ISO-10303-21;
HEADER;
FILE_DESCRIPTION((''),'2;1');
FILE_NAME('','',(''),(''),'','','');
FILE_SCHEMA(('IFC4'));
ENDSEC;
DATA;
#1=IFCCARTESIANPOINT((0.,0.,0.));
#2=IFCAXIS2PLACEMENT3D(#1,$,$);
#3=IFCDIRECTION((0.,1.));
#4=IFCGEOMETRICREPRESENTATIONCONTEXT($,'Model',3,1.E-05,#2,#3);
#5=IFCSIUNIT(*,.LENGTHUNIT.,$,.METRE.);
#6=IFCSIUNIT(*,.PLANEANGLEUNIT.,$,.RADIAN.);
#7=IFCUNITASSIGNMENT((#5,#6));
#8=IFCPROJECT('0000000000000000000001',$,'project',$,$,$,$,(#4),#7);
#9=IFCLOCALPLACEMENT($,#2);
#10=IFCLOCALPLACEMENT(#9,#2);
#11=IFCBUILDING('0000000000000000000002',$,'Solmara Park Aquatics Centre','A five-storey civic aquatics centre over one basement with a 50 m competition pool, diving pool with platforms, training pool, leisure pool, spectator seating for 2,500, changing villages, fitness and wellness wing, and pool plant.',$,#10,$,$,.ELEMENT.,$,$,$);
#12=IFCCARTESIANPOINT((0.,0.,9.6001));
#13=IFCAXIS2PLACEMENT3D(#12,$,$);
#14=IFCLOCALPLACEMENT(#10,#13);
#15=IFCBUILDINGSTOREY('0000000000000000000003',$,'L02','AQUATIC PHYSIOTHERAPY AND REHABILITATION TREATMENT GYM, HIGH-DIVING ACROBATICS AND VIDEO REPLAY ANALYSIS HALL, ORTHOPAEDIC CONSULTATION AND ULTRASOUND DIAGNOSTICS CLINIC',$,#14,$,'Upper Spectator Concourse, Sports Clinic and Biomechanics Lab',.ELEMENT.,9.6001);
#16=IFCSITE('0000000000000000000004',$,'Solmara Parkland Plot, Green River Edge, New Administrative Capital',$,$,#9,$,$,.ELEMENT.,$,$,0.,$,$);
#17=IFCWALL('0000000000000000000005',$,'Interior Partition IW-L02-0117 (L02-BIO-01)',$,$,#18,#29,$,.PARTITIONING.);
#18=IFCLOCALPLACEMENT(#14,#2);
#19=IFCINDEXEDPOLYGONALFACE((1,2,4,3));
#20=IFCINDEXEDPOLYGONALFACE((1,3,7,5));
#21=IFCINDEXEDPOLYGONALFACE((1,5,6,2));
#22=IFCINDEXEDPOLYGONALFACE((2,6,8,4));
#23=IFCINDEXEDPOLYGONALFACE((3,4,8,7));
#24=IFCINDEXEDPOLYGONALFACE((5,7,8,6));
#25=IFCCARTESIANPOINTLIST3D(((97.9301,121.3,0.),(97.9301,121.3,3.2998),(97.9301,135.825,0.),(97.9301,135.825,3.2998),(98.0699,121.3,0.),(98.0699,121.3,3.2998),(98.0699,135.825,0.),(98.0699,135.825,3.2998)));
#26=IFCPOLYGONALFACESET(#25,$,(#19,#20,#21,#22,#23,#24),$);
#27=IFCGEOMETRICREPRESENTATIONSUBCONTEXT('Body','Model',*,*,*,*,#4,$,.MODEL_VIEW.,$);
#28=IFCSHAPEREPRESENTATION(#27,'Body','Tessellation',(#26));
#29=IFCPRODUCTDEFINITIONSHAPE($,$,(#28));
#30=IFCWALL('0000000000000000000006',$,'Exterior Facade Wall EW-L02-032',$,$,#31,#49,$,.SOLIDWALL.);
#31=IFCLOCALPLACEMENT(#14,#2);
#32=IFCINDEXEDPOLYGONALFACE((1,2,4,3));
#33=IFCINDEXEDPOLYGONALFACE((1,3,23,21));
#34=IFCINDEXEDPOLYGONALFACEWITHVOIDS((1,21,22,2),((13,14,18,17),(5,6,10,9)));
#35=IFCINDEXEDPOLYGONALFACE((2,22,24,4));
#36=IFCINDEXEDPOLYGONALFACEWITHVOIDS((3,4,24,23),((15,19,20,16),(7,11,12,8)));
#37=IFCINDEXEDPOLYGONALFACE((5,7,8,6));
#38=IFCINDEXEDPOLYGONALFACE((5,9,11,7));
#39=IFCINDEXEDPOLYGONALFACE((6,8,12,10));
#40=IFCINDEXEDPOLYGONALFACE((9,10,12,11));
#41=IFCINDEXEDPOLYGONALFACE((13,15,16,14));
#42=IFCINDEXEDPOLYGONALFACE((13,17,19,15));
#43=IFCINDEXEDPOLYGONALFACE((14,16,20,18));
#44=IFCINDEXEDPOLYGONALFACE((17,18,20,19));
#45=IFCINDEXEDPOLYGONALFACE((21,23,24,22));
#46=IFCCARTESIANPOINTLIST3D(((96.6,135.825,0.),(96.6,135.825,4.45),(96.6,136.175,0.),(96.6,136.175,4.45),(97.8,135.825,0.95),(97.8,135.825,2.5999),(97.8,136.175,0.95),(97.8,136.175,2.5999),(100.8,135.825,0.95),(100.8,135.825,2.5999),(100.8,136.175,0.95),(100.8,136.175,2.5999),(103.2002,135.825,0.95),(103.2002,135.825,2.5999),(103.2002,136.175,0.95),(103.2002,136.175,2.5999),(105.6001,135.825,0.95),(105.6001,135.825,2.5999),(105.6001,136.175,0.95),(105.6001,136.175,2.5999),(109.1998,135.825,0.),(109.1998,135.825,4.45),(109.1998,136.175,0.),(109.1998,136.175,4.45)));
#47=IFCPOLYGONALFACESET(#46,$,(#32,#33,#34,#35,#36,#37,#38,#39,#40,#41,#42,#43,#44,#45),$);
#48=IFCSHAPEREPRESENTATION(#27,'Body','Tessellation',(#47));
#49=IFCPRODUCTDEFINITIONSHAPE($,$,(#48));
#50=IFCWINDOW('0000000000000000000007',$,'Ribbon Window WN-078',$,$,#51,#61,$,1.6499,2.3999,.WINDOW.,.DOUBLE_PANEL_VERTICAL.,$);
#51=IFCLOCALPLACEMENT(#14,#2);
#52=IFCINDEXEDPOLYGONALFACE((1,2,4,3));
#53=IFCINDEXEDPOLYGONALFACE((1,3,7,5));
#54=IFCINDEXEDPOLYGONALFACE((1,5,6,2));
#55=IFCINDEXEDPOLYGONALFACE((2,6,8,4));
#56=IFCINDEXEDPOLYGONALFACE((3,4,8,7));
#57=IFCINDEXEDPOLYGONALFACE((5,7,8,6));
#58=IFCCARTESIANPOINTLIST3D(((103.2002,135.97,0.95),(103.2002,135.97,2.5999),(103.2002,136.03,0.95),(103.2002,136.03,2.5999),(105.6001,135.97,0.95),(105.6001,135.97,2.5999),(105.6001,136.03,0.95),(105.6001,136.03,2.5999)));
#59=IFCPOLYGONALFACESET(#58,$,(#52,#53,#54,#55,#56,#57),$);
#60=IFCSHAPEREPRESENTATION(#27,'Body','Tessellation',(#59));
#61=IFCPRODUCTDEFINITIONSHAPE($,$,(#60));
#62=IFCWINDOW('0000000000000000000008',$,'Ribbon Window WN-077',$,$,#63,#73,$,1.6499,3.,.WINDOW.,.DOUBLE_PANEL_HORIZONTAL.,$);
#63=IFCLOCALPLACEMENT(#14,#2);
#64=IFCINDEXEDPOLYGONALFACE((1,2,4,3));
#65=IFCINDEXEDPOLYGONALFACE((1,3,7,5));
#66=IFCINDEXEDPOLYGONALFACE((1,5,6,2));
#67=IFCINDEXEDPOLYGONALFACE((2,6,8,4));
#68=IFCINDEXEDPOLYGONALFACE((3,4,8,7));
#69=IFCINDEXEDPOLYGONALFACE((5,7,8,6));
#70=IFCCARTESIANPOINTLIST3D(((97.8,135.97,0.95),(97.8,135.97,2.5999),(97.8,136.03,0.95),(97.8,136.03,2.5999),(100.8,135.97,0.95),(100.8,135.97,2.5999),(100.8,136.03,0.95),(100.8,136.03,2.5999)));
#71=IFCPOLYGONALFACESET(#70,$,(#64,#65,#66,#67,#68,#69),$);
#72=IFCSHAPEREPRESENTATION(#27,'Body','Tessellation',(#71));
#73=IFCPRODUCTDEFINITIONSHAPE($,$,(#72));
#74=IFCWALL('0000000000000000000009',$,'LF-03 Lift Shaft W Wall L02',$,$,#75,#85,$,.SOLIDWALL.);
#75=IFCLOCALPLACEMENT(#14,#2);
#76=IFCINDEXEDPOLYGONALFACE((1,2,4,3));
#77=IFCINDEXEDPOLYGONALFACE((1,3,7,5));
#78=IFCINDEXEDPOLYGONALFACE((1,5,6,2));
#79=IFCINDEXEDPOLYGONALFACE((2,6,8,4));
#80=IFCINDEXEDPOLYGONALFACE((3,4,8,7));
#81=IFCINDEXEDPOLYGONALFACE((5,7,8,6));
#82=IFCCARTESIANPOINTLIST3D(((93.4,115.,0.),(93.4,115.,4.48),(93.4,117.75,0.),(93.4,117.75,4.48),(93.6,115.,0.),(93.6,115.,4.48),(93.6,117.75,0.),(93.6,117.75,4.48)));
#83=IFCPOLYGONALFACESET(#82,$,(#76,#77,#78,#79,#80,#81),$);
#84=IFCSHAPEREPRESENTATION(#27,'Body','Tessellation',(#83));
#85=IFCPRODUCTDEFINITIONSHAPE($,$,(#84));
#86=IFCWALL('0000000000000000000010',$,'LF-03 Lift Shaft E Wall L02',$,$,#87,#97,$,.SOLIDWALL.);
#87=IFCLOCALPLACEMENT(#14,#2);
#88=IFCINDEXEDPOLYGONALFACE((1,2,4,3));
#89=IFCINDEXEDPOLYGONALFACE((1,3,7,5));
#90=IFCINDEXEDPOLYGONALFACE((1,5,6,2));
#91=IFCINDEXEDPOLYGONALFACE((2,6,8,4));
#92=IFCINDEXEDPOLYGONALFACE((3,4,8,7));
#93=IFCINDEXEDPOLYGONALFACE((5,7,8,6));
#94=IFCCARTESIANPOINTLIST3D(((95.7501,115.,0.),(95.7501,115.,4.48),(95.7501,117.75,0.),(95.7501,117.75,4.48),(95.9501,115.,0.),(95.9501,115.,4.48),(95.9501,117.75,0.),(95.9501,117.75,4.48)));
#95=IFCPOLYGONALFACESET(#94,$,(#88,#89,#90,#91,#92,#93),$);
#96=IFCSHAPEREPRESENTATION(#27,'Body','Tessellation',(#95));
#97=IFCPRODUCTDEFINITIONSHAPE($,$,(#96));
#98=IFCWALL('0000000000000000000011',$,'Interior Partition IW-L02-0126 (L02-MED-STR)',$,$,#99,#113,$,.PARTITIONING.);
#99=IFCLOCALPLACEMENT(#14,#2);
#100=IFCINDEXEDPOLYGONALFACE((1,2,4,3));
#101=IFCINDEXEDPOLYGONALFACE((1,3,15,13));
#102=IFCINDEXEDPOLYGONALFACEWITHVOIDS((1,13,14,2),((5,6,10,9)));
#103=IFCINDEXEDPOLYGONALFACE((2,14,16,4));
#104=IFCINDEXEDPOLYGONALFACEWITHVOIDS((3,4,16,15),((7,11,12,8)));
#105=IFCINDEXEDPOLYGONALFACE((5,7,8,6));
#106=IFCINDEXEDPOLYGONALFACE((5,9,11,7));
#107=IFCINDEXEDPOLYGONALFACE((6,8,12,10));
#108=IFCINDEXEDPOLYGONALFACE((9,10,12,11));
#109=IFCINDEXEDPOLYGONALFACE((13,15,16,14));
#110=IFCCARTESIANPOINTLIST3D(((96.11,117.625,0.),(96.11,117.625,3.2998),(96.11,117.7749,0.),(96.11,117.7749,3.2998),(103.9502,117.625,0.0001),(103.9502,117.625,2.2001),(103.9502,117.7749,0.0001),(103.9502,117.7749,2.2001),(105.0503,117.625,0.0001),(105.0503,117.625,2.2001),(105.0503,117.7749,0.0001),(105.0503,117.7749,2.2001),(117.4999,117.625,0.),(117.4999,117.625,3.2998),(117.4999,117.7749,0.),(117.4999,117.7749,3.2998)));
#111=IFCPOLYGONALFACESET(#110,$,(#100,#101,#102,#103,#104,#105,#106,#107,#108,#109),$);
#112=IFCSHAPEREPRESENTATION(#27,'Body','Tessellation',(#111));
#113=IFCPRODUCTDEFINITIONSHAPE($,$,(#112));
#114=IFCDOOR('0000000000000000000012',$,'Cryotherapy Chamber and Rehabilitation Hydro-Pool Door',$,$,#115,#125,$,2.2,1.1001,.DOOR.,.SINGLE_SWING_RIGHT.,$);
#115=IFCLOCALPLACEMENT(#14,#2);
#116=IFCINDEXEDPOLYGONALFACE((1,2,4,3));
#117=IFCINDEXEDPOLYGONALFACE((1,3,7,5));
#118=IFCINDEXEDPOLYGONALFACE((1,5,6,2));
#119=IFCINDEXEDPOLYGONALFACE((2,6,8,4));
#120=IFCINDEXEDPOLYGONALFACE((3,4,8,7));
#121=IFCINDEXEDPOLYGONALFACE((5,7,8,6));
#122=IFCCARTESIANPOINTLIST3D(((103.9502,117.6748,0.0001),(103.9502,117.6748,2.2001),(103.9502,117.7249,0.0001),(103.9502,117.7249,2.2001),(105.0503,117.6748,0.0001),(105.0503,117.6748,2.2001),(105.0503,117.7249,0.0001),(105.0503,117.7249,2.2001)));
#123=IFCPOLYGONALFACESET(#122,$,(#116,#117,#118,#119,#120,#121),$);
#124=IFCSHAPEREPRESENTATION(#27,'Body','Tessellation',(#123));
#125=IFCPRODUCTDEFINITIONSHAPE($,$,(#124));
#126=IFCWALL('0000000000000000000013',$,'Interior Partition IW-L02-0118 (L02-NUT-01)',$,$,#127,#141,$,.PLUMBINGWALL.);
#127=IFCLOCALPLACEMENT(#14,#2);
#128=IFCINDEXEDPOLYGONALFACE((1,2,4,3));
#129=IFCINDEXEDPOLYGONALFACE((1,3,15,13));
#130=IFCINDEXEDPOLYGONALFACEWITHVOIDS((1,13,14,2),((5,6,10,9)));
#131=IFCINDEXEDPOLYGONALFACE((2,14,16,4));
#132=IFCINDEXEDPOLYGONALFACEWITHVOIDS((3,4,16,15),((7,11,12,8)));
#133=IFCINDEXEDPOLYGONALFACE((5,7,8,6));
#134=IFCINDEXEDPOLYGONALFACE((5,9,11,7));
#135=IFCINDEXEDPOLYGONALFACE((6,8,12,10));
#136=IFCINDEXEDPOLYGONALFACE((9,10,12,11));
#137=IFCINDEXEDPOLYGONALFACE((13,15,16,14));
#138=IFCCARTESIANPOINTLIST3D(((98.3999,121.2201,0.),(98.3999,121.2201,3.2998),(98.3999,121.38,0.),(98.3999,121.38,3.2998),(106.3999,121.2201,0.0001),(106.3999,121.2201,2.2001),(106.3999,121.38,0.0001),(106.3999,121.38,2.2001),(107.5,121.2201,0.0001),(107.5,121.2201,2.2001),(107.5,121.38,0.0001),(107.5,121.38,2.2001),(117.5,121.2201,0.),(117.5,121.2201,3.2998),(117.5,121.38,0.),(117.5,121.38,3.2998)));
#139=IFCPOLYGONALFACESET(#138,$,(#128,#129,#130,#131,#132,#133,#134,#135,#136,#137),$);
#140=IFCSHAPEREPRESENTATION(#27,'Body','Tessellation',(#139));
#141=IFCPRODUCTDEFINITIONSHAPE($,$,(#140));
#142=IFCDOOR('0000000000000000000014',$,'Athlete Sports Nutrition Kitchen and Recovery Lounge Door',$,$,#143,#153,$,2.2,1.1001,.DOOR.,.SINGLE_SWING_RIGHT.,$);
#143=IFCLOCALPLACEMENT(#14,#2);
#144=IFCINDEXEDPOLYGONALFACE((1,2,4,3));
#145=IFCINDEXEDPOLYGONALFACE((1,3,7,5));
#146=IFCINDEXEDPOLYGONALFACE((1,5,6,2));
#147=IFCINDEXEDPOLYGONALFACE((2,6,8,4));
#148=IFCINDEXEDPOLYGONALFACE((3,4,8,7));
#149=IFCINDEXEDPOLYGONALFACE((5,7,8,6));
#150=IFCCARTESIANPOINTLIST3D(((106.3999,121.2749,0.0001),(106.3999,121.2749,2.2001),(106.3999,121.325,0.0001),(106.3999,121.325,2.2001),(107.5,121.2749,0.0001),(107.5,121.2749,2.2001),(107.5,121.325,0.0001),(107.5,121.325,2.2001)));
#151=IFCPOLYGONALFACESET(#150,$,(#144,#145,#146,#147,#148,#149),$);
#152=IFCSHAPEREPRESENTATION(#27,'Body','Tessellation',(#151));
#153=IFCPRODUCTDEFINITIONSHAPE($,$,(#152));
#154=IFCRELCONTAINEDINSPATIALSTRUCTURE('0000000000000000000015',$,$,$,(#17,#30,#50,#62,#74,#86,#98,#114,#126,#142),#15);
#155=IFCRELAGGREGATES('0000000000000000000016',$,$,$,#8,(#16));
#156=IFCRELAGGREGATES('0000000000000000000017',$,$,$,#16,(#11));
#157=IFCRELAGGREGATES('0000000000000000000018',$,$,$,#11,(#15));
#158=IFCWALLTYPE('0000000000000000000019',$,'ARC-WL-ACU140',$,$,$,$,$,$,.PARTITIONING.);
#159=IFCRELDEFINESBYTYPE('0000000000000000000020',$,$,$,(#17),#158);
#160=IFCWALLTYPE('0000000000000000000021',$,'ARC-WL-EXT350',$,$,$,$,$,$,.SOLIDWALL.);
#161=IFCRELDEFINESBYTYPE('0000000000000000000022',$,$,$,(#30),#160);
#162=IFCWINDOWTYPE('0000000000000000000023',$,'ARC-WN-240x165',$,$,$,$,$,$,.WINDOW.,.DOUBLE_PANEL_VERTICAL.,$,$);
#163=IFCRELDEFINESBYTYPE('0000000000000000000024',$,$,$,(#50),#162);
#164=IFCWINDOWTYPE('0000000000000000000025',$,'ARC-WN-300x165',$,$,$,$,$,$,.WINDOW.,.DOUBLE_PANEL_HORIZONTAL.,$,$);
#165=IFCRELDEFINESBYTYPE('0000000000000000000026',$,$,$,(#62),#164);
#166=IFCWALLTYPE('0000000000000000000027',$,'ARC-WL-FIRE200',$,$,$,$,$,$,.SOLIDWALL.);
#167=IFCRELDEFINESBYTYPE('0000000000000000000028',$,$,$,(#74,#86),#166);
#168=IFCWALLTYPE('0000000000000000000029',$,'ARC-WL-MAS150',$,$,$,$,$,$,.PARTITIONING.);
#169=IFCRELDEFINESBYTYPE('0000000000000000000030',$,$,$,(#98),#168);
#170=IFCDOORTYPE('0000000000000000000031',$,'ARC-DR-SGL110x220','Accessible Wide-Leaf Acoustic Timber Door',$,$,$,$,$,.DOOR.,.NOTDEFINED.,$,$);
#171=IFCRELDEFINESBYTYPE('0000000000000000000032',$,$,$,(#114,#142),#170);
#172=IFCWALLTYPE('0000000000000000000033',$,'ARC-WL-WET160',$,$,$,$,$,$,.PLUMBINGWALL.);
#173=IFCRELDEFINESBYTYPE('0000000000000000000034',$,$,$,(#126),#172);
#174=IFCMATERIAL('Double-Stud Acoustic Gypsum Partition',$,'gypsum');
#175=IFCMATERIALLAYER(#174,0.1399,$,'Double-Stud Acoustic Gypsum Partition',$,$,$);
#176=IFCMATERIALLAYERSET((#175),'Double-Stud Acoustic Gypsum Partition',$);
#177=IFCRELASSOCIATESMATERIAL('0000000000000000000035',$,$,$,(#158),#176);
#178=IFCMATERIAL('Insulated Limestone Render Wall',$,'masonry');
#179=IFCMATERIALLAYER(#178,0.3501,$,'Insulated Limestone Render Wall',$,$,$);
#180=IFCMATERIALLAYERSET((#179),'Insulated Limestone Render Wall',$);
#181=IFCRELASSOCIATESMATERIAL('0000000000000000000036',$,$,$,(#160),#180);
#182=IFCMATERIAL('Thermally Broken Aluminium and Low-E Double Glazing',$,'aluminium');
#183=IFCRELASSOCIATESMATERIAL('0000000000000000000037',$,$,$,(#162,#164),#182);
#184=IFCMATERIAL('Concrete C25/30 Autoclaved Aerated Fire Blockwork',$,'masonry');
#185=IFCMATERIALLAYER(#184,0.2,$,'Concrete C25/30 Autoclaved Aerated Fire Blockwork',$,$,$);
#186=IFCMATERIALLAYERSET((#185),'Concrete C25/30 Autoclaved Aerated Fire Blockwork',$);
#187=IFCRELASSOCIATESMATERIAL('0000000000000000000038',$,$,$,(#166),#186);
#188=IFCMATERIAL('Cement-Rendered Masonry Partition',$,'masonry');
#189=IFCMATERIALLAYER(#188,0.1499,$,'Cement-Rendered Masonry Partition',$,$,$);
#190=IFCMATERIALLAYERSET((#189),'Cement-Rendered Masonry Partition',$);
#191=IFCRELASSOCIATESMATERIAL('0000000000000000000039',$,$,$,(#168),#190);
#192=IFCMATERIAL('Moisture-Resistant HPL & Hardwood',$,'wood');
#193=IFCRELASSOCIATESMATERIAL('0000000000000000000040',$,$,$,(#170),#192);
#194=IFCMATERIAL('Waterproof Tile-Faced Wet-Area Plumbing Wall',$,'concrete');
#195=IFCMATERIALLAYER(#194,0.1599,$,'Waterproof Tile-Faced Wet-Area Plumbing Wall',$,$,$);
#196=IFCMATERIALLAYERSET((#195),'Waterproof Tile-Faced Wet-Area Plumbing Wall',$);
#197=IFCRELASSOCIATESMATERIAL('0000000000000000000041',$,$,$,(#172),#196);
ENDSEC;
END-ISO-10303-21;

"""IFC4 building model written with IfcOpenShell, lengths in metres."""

from ifc_helpers import new_model, si_unit, direction, frame, frame_2d, origin, place, context, subcontext, project, spatial, rectangle, extrude, material, layer, layer_set, type_object, element, fill, save


model = new_model("IFC4")

# Units and contexts
model_context = context("Model", 3, precision=1e-05, world=origin(), true_north=direction((0.0, 1.0)))
body_context = subcontext(model_context, "Body", "Model", "MODEL_VIEW")
ifc_project = project(units=[si_unit("LENGTHUNIT", "METRE"), si_unit("PLANEANGLEUNIT", "RADIAN")], contexts=[model_context])

# Site, building, storey
site_placement = place(None, origin())
site = spatial("IfcSite", under=ifc_project, at=site_placement, Name="Solmara Parkland Plot, Green River Edge, New Administrative Capital", CompositionType="ELEMENT", RefElevation=0.0)
building_placement = place(site_placement, origin())
building = spatial("IfcBuilding", under=site, at=building_placement, Name="Solmara Park Aquatics Centre", Description="A five-storey civic aquatics centre over one basement with a 50 m competition pool, diving pool with platforms, training pool, leisure pool, spectator seating for 2,500, changing villages, fitness and wellness wing, and pool plant.", CompositionType="ELEMENT")
storey_placement = place(building_placement, frame((0.0, 0.0, 9.6001)))
storey = spatial("IfcBuildingStorey", under=building, at=storey_placement, Name="L02", Description="AQUATIC PHYSIOTHERAPY AND REHABILITATION TREATMENT GYM, HIGH-DIVING ACROBATICS AND VIDEO REPLAY ANALYSIS HALL, ORTHOPAEDIC CONSULTATION AND ULTRASOUND DIAGNOSTICS CLINIC", LongName="Upper Spectator Concourse, Sports Clinic and Biomechanics Lab", CompositionType="ELEMENT", Elevation=9.6001)

# Wall
ifc_material_1 = material(Name="Double-Stud Acoustic Gypsum Partition", Category="gypsum")
ifc_layer_1 = layer(ifc_material_1, 0.1399, Name="Double-Stud Acoustic Gypsum Partition")
ifc_layer_set_1 = layer_set([ifc_layer_1], Name="Double-Stud Acoustic Gypsum Partition")
wall_type_1 = type_object("IfcWallType", Name="ARC-WL-ACU140", PredefinedType="PARTITIONING", material=ifc_layer_set_1)
wall_1_placement = place(storey_placement, frame((98.0, 121.3, 0.0), z_axis=(0.0, 0.0, 1.0), x_axis=(0.0, 1.0, 0.0)))
element("IfcWall", 1, at=wall_1_placement, inside=storey, type_object=wall_type_1, Name="Interior Partition IW-L02-0117 (L02-BIO-01)", PredefinedType="PARTITIONING", context=body_context, shape_type="SweptSolid", body=[
    extrude(rectangle(XDim=14.5249, YDim=0.1399, at=frame_2d((7.2625, 0.0))), origin(), (0.0, 0.0, 1.0), 3.2998),
])

# Wall, openings, windows
ifc_material_2 = material(Name="Insulated Limestone Render Wall", Category="masonry")
ifc_layer_2 = layer(ifc_material_2, 0.3501, Name="Insulated Limestone Render Wall")
ifc_layer_set_2 = layer_set([ifc_layer_2], Name="Insulated Limestone Render Wall")
wall_type_2 = type_object("IfcWallType", Name="ARC-WL-EXT350", PredefinedType="SOLIDWALL", material=ifc_layer_set_2)
wall_2_placement = place(storey_placement, frame((96.6001, 136.0, 0.0), z_axis=(0.0, 0.0, 1.0), x_axis=(1.0, 0.0, 0.0)))
wall_2 = element("IfcWall", 2, at=wall_2_placement, inside=storey, type_object=wall_type_2, Name="Exterior Facade Wall EW-L02-032", PredefinedType="SOLIDWALL", context=body_context, shape_type="SweptSolid", body=[
    extrude(rectangle(XDim=12.5999, YDim=0.3501, at=frame_2d((6.2998, 0.0))), origin(), (0.0, 0.0, 1.0), 4.45),
])
opening_1_placement = place(wall_2_placement, frame((1.2, 0.0, 0.95)))
opening_1 = element("IfcOpeningElement", 3, at=opening_1_placement, cuts=wall_2, PredefinedType="OPENING", context=body_context, shape_type="SweptSolid", body=[
    extrude(rectangle(XDim=3.0, YDim=1.6499, at=frame_2d((1.5, 0.825))), frame((0.0, 0.1851, 0.0), z_axis=(0.0, -1.0, 0.0), x_axis=(1.0, 0.0, 0.0)), (0.0, 0.0, 1.0), 0.3701),
])
opening_2_placement = place(wall_2_placement, frame((6.6001, 0.0, 0.95)))
opening_2 = element("IfcOpeningElement", 4, at=opening_2_placement, cuts=wall_2, PredefinedType="OPENING", context=body_context, shape_type="SweptSolid", body=[
    extrude(rectangle(XDim=2.3999, YDim=1.6499, at=frame_2d((1.2, 0.825))), frame((0.0, 0.1851, 0.0), z_axis=(0.0, -1.0, 0.0), x_axis=(1.0, 0.0, 0.0)), (0.0, 0.0, 1.0), 0.3701),
])
ifc_material_3 = material(Name="Thermally Broken Aluminium and Low-E Double Glazing", Category="aluminium")
window_type_1 = type_object("IfcWindowType", Name="ARC-WN-240x165", PartitioningType="DOUBLE_PANEL_VERTICAL", PredefinedType="WINDOW", material=ifc_material_3)
window_1_placement = place(opening_2_placement, origin())
window_1 = element("IfcWindow", 5, at=window_1_placement, inside=storey, type_object=window_type_1, Name="Ribbon Window WN-078", OverallHeight=1.6499, OverallWidth=2.3999, PartitioningType="DOUBLE_PANEL_VERTICAL", PredefinedType="WINDOW", context=body_context, shape_type="SweptSolid", body=[
    extrude(rectangle(XDim=2.3999, YDim=1.6499, at=frame_2d((1.2, 0.825))), frame((0.0, 0.03, 0.0), z_axis=(0.0, -1.0, 0.0), x_axis=(1.0, 0.0, 0.0)), (0.0, 0.0, 1.0), 0.0601),
])
fill(opening_2, window_1)
window_type_2 = type_object("IfcWindowType", Name="ARC-WN-300x165", PartitioningType="DOUBLE_PANEL_HORIZONTAL", PredefinedType="WINDOW", material=ifc_material_3)
window_2_placement = place(opening_1_placement, origin())
window_2 = element("IfcWindow", 6, at=window_2_placement, inside=storey, type_object=window_type_2, Name="Ribbon Window WN-077", OverallHeight=1.6499, OverallWidth=3.0, PartitioningType="DOUBLE_PANEL_HORIZONTAL", PredefinedType="WINDOW", context=body_context, shape_type="SweptSolid", body=[
    extrude(rectangle(XDim=3.0, YDim=1.6499, at=frame_2d((1.5, 0.825))), frame((0.0, 0.03, 0.0), z_axis=(0.0, -1.0, 0.0), x_axis=(1.0, 0.0, 0.0)), (0.0, 0.0, 1.0), 0.0601),
])
fill(opening_1, window_2)

# Walls
ifc_material_4 = material(Name="Concrete C25/30 Autoclaved Aerated Fire Blockwork", Category="masonry")
ifc_layer_3 = layer(ifc_material_4, 0.2, Name="Concrete C25/30 Autoclaved Aerated Fire Blockwork")
ifc_layer_set_3 = layer_set([ifc_layer_3], Name="Concrete C25/30 Autoclaved Aerated Fire Blockwork")
wall_type_3 = type_object("IfcWallType", Name="ARC-WL-FIRE200", PredefinedType="SOLIDWALL", material=ifc_layer_set_3)
for number, where, z_axis, x_axis, name in (
    (7, (93.5, 115.0, 0.0), (0.0, 0.0, 1.0), (0.0, 1.0, 0.0), "LF-03 Lift Shaft W Wall L02"),
    (8, (95.8501, 115.0, 0.0), (0.0, 0.0, 1.0), (0.0, 1.0, 0.0), "LF-03 Lift Shaft E Wall L02"),
):
    element("IfcWall", number, at=place(storey_placement, frame(where, z_axis=z_axis, x_axis=x_axis)), inside=storey, type_object=wall_type_3, Name=name, PredefinedType="SOLIDWALL", context=body_context, shape_type="SweptSolid", body=[
        extrude(rectangle(XDim=2.75, YDim=0.2, at=frame_2d((1.375, 0.0))), origin(), (0.0, 0.0, 1.0), 4.48),
    ])

# Walls, openings, doors
ifc_material_5 = material(Name="Cement-Rendered Masonry Partition", Category="masonry")
ifc_layer_4 = layer(ifc_material_5, 0.1499, Name="Cement-Rendered Masonry Partition")
ifc_layer_set_4 = layer_set([ifc_layer_4], Name="Cement-Rendered Masonry Partition")
wall_type_4 = type_object("IfcWallType", Name="ARC-WL-MAS150", PredefinedType="PARTITIONING", material=ifc_layer_set_4)
wall_3_placement = place(storey_placement, frame((96.1101, 117.7, 0.0), z_axis=(0.0, 0.0, 1.0), x_axis=(1.0, 0.0, 0.0)))
wall_3 = element("IfcWall", 9, at=wall_3_placement, inside=storey, type_object=wall_type_4, Name="Interior Partition IW-L02-0126 (L02-MED-STR)", PredefinedType="PARTITIONING", context=body_context, shape_type="SweptSolid", body=[
    extrude(rectangle(XDim=21.3899, YDim=0.1499, at=frame_2d((10.6948, 0.0))), origin(), (0.0, 0.0, 1.0), 3.2998),
])
opening_3_placement = place(wall_3_placement, frame((7.8401, 0.0, 0.0)))
opening_3 = element("IfcOpeningElement", 10, at=opening_3_placement, cuts=wall_3, PredefinedType="OPENING", context=body_context, shape_type="SweptSolid", body=[
    extrude(rectangle(XDim=1.1001, YDim=2.2, at=frame_2d((0.55, 1.1001))), frame((0.0, 0.085, 0.0), z_axis=(0.0, -1.0, 0.0), x_axis=(1.0, 0.0, 0.0)), (0.0, 0.0, 1.0), 0.1699),
])
ifc_material_6 = material(Name="Moisture-Resistant HPL & Hardwood", Category="wood")
door_type = type_object("IfcDoorType", Name="ARC-DR-SGL110x220", Description="Accessible Wide-Leaf Acoustic Timber Door", OperationType="NOTDEFINED", PredefinedType="DOOR", material=ifc_material_6)
door_1_placement = place(opening_3_placement, origin())
door_1 = element("IfcDoor", 11, at=door_1_placement, inside=storey, type_object=door_type, Name="Cryotherapy Chamber and Rehabilitation Hydro-Pool Door", OperationType="SINGLE_SWING_RIGHT", OverallHeight=2.2, OverallWidth=1.1001, PredefinedType="DOOR", context=body_context, shape_type="SweptSolid", body=[
    extrude(rectangle(XDim=1.1001, YDim=2.2, at=frame_2d((0.55, 1.1001))), frame((0.0, 0.0249, 0.0), z_axis=(0.0, -1.0, 0.0), x_axis=(1.0, 0.0, 0.0)), (0.0, 0.0, 1.0), 0.05),
])
fill(opening_3, door_1)
ifc_material_7 = material(Name="Waterproof Tile-Faced Wet-Area Plumbing Wall", Category="concrete")
ifc_layer_5 = layer(ifc_material_7, 0.1599, Name="Waterproof Tile-Faced Wet-Area Plumbing Wall")
ifc_layer_set_5 = layer_set([ifc_layer_5], Name="Waterproof Tile-Faced Wet-Area Plumbing Wall")
wall_type_5 = type_object("IfcWallType", Name="ARC-WL-WET160", PredefinedType="PLUMBINGWALL", material=ifc_layer_set_5)
wall_4_placement = place(storey_placement, frame((98.3999, 121.3, 0.0), z_axis=(0.0, 0.0, 1.0), x_axis=(1.0, 0.0, 0.0)))
wall_4 = element("IfcWall", 12, at=wall_4_placement, inside=storey, type_object=wall_type_5, Name="Interior Partition IW-L02-0118 (L02-NUT-01)", PredefinedType="PLUMBINGWALL", context=body_context, shape_type="SweptSolid", body=[
    extrude(rectangle(XDim=19.1001, YDim=0.1599, at=frame_2d((9.55, 0.0))), origin(), (0.0, 0.0, 1.0), 3.2998),
])
opening_4_placement = place(wall_4_placement, frame((8.0, 0.0, 0.0)))
opening_4 = element("IfcOpeningElement", 13, at=opening_4_placement, cuts=wall_4, PredefinedType="OPENING", context=body_context, shape_type="SweptSolid", body=[
    extrude(rectangle(XDim=1.1001, YDim=2.2, at=frame_2d((0.55, 1.1001))), frame((0.0, 0.0898, 0.0), z_axis=(0.0, -1.0, 0.0), x_axis=(1.0, 0.0, 0.0)), (0.0, 0.0, 1.0), 0.1799),
])
door_2_placement = place(opening_4_placement, origin())
door_2 = element("IfcDoor", 14, at=door_2_placement, inside=storey, type_object=door_type, Name="Athlete Sports Nutrition Kitchen and Recovery Lounge Door", OperationType="SINGLE_SWING_RIGHT", OverallHeight=2.2, OverallWidth=1.1001, PredefinedType="DOOR", context=body_context, shape_type="SweptSolid", body=[
    extrude(rectangle(XDim=1.1001, YDim=2.2, at=frame_2d((0.55, 1.1001))), frame((0.0, 0.0249, 0.0), z_axis=(0.0, -1.0, 0.0), x_axis=(1.0, 0.0, 0.0)), (0.0, 0.0, 1.0), 0.05),
])
fill(opening_4, door_2)

save(model, "model.ifc")
